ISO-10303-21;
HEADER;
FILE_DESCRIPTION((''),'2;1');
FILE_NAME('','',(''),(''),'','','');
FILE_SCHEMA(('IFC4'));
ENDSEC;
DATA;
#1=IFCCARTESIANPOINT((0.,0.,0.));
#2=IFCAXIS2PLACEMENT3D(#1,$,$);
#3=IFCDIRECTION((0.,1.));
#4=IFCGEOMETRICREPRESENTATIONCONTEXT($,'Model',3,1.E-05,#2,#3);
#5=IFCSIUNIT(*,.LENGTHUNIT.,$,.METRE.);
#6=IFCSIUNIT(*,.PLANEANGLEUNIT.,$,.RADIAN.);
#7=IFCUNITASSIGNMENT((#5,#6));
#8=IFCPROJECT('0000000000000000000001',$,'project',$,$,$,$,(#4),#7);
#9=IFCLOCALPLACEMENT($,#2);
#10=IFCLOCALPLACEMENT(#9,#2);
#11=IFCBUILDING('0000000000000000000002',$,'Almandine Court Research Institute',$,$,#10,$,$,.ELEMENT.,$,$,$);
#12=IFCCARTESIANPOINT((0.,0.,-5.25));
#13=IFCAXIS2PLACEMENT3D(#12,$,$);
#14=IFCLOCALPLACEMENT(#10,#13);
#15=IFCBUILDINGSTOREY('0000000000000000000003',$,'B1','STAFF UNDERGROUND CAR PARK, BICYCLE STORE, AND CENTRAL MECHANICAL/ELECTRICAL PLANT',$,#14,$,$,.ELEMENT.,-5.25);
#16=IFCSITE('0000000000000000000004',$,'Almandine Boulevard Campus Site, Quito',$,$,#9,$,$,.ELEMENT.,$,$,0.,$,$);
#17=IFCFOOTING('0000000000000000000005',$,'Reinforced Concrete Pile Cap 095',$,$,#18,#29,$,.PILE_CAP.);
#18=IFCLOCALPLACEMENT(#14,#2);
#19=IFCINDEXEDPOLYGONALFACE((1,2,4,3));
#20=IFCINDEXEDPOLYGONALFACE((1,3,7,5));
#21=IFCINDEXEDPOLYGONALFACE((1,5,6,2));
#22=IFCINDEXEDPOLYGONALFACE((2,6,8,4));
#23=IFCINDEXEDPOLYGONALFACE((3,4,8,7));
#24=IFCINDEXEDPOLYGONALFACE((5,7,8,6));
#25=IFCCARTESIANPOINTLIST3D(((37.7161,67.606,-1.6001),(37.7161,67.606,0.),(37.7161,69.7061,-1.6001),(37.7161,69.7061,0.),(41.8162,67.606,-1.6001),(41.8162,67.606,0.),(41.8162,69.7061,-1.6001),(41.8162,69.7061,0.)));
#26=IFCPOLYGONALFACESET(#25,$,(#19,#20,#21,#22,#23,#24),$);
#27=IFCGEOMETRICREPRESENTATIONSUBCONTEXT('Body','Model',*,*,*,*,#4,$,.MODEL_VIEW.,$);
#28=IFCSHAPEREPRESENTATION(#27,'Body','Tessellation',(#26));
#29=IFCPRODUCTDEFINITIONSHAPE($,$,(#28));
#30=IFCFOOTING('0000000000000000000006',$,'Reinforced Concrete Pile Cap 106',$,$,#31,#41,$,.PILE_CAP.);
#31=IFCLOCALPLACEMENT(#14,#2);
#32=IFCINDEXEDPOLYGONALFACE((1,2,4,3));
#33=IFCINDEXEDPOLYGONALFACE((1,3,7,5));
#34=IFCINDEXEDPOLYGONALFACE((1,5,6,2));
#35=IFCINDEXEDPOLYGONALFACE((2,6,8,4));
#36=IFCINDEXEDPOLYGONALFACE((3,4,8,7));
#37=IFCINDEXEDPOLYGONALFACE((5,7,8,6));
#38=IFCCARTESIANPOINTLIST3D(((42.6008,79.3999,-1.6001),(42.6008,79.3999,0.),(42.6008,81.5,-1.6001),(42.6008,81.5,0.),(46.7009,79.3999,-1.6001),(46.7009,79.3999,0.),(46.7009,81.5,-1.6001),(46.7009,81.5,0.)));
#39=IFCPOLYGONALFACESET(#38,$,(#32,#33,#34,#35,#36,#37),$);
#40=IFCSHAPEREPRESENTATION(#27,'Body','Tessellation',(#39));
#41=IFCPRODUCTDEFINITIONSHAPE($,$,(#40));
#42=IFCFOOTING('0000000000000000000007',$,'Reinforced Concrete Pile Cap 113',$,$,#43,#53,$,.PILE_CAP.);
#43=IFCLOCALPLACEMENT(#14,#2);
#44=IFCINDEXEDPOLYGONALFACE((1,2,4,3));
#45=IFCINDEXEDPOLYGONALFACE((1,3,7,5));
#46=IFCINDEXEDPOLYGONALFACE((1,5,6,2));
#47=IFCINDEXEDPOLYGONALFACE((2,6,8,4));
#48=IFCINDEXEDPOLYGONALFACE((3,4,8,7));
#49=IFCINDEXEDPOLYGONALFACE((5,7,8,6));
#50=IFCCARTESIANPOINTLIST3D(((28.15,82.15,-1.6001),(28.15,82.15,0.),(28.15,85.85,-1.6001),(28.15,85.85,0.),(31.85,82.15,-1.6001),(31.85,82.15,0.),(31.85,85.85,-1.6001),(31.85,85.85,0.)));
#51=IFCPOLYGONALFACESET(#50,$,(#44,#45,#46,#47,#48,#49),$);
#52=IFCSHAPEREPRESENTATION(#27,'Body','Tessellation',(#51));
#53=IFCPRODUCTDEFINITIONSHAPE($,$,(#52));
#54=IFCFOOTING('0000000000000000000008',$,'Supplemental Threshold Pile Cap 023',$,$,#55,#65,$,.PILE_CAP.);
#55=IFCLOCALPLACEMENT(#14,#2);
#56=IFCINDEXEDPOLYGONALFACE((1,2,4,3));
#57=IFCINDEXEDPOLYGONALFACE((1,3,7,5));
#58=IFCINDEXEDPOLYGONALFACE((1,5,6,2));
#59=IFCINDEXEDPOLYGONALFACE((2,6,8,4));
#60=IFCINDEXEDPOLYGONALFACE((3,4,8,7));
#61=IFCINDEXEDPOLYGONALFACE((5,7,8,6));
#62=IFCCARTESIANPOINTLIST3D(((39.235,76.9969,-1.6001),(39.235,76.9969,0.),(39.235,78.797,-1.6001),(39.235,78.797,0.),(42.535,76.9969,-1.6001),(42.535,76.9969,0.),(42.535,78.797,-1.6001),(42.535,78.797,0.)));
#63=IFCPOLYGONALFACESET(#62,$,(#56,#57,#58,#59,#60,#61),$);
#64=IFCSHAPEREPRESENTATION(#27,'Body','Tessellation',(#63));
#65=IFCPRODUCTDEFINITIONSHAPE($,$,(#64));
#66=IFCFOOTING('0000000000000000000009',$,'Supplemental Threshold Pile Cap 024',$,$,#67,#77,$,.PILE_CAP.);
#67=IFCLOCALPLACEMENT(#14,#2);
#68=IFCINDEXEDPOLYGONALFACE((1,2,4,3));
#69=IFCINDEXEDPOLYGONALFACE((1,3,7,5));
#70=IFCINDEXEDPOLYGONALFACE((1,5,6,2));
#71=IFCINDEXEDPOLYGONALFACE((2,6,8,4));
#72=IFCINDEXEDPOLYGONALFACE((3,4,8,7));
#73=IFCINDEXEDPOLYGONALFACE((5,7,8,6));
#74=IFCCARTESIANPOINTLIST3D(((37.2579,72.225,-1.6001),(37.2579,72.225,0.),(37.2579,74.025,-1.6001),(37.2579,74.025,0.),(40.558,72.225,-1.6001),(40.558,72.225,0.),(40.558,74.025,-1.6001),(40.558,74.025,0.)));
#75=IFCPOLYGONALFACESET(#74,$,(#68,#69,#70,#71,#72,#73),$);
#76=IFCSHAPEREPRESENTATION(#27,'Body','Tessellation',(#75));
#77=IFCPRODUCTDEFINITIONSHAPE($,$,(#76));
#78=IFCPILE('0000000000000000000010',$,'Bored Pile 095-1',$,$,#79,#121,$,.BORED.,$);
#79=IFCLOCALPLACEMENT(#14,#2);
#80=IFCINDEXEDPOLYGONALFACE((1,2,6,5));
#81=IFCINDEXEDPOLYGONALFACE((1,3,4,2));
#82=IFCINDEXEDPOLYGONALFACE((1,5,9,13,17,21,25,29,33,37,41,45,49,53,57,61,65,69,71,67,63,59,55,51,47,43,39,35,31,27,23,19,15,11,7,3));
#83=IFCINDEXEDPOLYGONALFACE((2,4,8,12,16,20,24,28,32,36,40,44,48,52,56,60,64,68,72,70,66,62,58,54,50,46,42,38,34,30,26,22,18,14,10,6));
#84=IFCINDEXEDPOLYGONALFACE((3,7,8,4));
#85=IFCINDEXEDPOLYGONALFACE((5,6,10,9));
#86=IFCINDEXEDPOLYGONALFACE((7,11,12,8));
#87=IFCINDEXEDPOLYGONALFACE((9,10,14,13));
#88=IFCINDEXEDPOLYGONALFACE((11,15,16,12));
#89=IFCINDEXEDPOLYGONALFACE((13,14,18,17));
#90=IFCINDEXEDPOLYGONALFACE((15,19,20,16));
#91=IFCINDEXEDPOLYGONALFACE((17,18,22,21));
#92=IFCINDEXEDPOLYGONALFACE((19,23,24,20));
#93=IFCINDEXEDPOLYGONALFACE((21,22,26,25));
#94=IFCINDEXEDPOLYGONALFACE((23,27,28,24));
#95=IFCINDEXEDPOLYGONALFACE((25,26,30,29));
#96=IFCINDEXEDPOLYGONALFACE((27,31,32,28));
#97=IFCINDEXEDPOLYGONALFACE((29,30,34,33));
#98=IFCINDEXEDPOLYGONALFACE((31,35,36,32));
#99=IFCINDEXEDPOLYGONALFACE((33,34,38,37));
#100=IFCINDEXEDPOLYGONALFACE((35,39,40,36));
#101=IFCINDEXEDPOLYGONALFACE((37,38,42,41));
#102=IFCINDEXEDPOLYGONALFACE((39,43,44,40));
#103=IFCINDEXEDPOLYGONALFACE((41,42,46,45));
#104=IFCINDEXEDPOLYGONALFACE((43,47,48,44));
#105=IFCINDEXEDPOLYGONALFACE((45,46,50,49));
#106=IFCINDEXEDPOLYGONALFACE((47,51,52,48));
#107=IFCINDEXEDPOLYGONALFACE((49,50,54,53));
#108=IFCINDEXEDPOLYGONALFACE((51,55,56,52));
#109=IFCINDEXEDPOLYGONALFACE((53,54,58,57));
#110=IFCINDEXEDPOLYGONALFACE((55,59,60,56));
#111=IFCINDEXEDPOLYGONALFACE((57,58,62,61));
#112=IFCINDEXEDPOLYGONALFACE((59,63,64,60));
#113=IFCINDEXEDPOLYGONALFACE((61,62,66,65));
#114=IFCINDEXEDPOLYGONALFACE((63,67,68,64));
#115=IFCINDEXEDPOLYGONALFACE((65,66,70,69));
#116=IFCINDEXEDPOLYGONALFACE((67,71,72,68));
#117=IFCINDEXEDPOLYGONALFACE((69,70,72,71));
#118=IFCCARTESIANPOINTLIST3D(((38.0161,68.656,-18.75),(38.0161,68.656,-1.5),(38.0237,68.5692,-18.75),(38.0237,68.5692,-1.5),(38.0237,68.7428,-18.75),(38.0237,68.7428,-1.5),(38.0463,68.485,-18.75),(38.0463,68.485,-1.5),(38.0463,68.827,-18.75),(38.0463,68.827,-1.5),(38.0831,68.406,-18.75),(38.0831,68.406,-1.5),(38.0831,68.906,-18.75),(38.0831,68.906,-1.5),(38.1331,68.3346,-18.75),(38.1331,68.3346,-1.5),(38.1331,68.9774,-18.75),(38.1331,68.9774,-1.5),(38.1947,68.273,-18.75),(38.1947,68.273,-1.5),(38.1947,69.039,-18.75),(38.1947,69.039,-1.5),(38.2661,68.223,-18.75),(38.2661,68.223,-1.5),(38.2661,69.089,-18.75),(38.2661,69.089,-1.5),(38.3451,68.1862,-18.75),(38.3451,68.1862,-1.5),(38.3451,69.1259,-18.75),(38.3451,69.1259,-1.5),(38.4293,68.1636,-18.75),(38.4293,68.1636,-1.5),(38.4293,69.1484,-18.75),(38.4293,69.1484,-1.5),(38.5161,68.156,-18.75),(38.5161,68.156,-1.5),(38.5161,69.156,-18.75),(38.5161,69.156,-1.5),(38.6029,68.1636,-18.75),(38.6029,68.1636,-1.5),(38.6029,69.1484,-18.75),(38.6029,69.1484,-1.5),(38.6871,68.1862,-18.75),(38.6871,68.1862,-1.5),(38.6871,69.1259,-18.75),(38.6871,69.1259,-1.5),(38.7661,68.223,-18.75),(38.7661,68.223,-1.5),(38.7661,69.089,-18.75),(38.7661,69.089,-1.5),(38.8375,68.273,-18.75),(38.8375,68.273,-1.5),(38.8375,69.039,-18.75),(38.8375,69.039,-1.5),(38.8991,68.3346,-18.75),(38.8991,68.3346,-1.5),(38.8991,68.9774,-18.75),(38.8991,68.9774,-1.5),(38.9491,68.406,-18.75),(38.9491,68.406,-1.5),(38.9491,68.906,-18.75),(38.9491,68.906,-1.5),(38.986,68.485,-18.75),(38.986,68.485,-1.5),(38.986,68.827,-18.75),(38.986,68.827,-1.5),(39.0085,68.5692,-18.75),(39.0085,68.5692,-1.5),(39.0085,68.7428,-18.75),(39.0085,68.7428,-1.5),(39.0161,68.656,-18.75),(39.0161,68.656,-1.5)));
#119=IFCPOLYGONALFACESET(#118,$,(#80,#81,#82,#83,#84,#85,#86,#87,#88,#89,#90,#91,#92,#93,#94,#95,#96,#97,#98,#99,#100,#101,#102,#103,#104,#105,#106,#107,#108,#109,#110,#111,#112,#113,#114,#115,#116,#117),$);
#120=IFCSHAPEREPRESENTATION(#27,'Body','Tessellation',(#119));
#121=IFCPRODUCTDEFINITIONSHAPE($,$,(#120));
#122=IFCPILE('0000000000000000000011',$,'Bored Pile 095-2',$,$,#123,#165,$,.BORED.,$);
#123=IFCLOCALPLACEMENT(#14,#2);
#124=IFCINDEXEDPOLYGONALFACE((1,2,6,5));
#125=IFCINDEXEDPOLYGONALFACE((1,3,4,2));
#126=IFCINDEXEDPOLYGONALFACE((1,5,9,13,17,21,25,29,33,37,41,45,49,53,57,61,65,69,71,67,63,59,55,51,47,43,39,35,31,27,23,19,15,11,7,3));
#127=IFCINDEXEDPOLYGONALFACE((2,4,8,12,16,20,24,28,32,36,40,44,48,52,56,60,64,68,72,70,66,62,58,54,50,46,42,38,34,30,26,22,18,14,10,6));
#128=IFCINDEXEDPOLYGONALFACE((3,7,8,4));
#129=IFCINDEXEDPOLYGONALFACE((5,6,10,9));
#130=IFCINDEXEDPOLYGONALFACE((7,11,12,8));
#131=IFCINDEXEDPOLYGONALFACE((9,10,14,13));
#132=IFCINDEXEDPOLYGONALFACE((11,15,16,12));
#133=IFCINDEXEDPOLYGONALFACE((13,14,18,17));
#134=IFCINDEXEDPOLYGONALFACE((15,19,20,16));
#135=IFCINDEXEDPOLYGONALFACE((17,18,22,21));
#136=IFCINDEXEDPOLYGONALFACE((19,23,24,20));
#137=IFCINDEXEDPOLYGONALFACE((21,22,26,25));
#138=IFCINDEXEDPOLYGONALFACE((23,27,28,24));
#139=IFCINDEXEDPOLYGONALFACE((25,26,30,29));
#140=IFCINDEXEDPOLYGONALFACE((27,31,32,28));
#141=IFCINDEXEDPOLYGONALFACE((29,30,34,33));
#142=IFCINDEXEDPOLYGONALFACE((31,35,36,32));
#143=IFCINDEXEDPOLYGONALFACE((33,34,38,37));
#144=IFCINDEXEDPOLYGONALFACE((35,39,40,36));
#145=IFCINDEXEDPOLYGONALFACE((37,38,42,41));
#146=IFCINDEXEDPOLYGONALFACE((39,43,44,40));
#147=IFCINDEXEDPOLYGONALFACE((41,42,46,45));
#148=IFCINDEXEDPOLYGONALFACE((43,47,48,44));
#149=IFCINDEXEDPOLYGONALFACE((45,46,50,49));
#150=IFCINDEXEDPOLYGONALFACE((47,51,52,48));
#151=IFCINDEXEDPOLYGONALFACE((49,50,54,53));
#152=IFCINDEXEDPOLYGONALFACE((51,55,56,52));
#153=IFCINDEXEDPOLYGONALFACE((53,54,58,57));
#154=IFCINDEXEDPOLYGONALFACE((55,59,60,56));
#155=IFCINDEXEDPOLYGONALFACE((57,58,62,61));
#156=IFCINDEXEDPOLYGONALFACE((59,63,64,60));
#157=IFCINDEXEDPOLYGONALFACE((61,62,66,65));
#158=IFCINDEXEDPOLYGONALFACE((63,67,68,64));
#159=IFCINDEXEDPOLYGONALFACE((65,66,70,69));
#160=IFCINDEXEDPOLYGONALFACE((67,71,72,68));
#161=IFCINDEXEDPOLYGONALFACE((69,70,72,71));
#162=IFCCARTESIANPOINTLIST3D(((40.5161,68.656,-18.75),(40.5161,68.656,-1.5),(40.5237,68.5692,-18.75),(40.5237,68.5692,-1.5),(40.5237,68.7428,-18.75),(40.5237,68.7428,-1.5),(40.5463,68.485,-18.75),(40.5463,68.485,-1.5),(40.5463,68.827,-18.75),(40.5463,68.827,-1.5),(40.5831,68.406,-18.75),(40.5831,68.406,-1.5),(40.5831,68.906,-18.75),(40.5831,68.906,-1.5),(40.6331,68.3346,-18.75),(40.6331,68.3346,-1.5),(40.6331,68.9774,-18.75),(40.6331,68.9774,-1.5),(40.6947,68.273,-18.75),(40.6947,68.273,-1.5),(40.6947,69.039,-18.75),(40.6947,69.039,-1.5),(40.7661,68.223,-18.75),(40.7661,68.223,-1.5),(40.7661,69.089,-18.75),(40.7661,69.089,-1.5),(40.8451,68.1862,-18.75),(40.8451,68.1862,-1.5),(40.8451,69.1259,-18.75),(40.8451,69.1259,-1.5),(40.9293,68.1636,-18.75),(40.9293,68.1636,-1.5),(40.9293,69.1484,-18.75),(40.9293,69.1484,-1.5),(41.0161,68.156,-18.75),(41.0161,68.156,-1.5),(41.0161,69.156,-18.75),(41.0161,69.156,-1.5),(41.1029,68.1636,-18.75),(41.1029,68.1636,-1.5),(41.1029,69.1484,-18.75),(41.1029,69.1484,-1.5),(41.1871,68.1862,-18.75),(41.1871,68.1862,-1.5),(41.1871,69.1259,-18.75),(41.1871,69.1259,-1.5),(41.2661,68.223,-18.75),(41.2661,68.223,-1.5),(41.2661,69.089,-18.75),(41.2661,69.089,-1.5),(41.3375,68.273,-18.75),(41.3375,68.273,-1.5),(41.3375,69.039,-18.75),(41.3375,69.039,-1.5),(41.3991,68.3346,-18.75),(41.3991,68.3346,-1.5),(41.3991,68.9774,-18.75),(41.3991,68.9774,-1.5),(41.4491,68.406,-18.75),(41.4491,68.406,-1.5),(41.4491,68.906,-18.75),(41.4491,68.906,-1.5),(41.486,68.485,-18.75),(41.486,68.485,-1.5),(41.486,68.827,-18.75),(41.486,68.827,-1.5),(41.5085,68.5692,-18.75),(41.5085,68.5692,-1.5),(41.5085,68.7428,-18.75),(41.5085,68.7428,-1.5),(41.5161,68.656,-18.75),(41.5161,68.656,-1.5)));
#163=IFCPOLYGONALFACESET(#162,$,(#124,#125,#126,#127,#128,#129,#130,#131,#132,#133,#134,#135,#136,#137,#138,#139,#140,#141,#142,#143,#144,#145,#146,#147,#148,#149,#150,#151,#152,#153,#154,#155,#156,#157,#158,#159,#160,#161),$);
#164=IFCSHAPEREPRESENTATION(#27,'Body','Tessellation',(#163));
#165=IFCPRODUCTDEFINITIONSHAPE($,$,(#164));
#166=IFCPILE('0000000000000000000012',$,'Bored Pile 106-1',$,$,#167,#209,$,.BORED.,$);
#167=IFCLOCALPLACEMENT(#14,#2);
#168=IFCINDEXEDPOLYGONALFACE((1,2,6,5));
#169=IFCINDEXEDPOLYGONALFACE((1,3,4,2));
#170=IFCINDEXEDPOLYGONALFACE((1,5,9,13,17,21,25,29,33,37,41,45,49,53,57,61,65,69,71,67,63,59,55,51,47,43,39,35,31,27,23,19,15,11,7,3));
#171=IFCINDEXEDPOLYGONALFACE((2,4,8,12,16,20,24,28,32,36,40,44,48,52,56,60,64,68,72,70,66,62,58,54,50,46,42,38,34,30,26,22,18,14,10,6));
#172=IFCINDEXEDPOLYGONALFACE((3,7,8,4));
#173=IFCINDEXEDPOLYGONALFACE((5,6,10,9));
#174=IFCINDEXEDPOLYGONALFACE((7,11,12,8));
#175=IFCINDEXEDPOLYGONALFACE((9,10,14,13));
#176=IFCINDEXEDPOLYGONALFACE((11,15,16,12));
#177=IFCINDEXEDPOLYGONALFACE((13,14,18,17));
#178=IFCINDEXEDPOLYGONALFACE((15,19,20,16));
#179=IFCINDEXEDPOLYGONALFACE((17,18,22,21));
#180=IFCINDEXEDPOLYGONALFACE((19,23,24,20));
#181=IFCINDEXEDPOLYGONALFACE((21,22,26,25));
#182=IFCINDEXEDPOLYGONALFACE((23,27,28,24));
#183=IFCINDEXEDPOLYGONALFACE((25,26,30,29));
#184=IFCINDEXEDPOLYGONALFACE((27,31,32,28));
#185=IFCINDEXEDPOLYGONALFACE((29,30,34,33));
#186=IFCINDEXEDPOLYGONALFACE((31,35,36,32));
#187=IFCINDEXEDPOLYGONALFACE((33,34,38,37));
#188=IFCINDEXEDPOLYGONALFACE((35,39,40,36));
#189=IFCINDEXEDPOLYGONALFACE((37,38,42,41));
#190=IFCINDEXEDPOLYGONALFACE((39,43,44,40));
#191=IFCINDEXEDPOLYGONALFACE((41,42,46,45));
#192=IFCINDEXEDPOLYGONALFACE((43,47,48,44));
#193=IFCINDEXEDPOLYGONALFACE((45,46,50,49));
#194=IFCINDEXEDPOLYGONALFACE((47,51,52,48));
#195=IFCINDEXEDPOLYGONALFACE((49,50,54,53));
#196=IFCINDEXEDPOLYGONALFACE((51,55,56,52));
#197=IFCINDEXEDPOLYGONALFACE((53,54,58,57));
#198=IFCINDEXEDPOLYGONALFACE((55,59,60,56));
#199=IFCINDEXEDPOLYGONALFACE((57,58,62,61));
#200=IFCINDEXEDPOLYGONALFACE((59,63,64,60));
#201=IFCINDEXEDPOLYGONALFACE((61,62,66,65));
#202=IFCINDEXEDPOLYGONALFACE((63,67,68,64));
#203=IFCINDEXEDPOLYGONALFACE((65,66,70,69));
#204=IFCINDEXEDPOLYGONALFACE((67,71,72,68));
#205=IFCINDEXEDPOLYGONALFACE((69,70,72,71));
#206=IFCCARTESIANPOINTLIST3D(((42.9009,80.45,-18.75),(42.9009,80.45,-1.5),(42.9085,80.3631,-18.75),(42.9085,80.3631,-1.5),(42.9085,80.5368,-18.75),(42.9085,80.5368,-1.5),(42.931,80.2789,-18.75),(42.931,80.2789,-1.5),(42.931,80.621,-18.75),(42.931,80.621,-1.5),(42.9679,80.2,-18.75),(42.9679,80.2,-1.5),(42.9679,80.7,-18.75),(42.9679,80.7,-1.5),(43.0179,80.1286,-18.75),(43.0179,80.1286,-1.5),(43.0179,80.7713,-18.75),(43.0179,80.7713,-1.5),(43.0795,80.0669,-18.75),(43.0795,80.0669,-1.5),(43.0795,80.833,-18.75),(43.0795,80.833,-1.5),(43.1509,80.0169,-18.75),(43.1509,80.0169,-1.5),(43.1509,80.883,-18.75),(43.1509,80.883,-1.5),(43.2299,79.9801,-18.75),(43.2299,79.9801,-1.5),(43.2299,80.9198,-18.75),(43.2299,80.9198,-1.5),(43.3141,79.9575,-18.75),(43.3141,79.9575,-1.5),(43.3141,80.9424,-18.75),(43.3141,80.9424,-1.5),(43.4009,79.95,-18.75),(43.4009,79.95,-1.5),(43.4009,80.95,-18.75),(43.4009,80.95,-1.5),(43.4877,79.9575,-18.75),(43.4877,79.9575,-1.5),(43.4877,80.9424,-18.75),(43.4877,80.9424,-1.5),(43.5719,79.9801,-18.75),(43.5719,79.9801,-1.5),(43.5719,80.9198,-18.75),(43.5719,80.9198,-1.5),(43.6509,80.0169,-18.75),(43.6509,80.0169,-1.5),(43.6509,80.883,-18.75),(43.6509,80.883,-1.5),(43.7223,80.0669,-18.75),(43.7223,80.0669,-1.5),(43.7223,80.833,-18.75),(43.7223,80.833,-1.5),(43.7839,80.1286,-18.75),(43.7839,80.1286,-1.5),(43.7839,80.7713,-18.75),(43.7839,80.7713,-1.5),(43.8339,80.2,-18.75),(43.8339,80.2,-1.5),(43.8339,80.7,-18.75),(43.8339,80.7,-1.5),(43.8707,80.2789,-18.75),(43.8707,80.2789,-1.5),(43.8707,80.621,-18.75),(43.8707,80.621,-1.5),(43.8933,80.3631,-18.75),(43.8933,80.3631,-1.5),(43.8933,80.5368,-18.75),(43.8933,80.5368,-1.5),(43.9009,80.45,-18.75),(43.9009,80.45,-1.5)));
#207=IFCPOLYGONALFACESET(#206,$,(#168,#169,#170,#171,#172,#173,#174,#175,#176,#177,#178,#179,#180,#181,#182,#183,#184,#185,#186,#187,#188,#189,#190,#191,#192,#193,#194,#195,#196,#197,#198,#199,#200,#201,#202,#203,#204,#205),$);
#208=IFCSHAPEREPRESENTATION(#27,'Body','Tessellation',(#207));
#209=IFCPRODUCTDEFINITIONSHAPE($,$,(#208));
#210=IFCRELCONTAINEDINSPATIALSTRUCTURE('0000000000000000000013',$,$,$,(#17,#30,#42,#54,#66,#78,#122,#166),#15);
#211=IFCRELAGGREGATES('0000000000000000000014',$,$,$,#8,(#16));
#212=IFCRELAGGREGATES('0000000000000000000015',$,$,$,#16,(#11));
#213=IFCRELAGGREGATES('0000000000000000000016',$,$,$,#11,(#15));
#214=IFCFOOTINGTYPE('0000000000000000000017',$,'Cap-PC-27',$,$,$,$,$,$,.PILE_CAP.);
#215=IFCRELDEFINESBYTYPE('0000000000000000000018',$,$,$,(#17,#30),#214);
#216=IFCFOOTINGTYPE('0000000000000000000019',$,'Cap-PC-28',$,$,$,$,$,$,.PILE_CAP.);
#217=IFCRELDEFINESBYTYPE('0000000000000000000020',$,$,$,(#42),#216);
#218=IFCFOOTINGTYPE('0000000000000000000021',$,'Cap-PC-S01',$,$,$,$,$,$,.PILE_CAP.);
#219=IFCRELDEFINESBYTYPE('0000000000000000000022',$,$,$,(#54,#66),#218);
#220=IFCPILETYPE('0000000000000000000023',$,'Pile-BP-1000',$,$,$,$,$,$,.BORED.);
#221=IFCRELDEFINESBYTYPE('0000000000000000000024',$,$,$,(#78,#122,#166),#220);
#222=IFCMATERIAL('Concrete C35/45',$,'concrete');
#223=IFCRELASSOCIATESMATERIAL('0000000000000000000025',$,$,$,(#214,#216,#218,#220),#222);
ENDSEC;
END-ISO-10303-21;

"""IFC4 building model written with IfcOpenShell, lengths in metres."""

from ifc_helpers import new_model, si_unit, direction, frame, origin, origin_2d, place, context, subcontext, project, spatial, rectangle, circle, extrude, material, material_profile, profile_set, type_object, element, save


model = new_model("IFC4")

# Units and contexts
model_context = context("Model", 3, precision=1e-05, world=origin(), true_north=direction((0.0, 1.0)))
body_context = subcontext(model_context, "Body", "Model", "MODEL_VIEW")
ifc_project = project(units=[si_unit("LENGTHUNIT", "METRE"), si_unit("PLANEANGLEUNIT", "RADIAN")], contexts=[model_context])

# Site, building, storey
site_placement = place(None, origin())
site = spatial("IfcSite", under=ifc_project, at=site_placement, Name="Almandine Boulevard Campus Site, Quito", CompositionType="ELEMENT", RefElevation=0.0)
building_placement = place(site_placement, origin())
building = spatial("IfcBuilding", under=site, at=building_placement, Name="Almandine Court Research Institute", CompositionType="ELEMENT")
storey_placement = place(building_placement, frame((0.0, 0.0, -5.25)))
storey = spatial("IfcBuildingStorey", under=building, at=storey_placement, Name="B1", Description="STAFF UNDERGROUND CAR PARK, BICYCLE STORE, AND CENTRAL MECHANICAL/ELECTRICAL PLANT", CompositionType="ELEMENT", Elevation=-5.25)

# Footings
ifc_material_1 = material(Name="Concrete C35/45", Category="concrete")
footing_type_1 = type_object("IfcFootingType", Name="Cap-PC-27", PredefinedType="PILE_CAP", material=ifc_material_1)
for number, where, z_axis, x_axis, name in (
    (1, (39.7661, 68.656, -1.6001), (0.0, 0.0, 1.0), (1.0, 0.0, 0.0), "Reinforced Concrete Pile Cap 095"),
    (2, (44.6509, 80.45, -1.6001), (0.0, 0.0, 1.0), (1.0, 0.0, 0.0), "Reinforced Concrete Pile Cap 106"),
):
    element("IfcFooting", number, at=place(storey_placement, frame(where, z_axis=z_axis, x_axis=x_axis)), inside=storey, type_object=footing_type_1, Name=name, PredefinedType="PILE_CAP", context=body_context, shape_type="SweptSolid", body=[
        extrude(rectangle(XDim=4.1001, YDim=2.1001, at=origin_2d()), origin(), (0.0, 0.0, 1.0), 1.6001),
    ])
footing_type_2 = type_object("IfcFootingType", Name="Cap-PC-28", PredefinedType="PILE_CAP", material=ifc_material_1)
footing_1_placement = place(storey_placement, frame((30.0, 84.0, -1.6001), z_axis=(0.0, 0.0, 1.0), x_axis=(1.0, 0.0, 0.0)))
element("IfcFooting", 3, at=footing_1_placement, inside=storey, type_object=footing_type_2, Name="Reinforced Concrete Pile Cap 113", PredefinedType="PILE_CAP", context=body_context, shape_type="SweptSolid", body=[
    extrude(rectangle(XDim=3.7, YDim=3.7, at=origin_2d()), origin(), (0.0, 0.0, 1.0), 1.6001),
])
footing_type_3 = type_object("IfcFootingType", Name="Cap-PC-S01", PredefinedType="PILE_CAP", material=ifc_material_1)
for number, where, z_axis, x_axis, name in (
    (4, (40.885, 77.897, -1.6001), (0.0, 0.0, 1.0), (1.0, 0.0, 0.0), "Supplemental Threshold Pile Cap 023"),
    (5, (38.908, 73.125, -1.6001), (0.0, 0.0, 1.0), (1.0, 0.0, 0.0), "Supplemental Threshold Pile Cap 024"),
):
    element("IfcFooting", number, at=place(storey_placement, frame(where, z_axis=z_axis, x_axis=x_axis)), inside=storey, type_object=footing_type_3, Name=name, PredefinedType="PILE_CAP", context=body_context, shape_type="SweptSolid", body=[
        extrude(rectangle(XDim=3.3, YDim=1.8, at=origin_2d()), origin(), (0.0, 0.0, 1.0), 1.6001),
    ])

# Piles
ifc_material_profile_1 = material_profile(ifc_material_1, circle(Radius=0.5, at=origin_2d()), Name="BORED PILE D1000")
ifc_profile_set_1 = profile_set([ifc_material_profile_1], Name="Concrete C35/45")
pile_type_1 = type_object("IfcPileType", Name="Pile-BP-1000", PredefinedType="BORED", material=ifc_profile_set_1)
for number, where, z_axis, x_axis, name in (
    (6, (38.5161, 68.656, -1.5), (0.0, 0.0, -1.0), (1.0, 0.0, 0.0), "Bored Pile 095-1"),
    (7, (41.0161, 68.656, -1.5), (0.0, 0.0, -1.0), (1.0, 0.0, 0.0), "Bored Pile 095-2"),
    (8, (43.4009, 80.45, -1.5), (0.0, 0.0, -1.0), (1.0, 0.0, 0.0), "Bored Pile 106-1"),
):
    element("IfcPile", number, at=place(storey_placement, frame(where, z_axis=z_axis, x_axis=x_axis)), inside=storey, type_object=pile_type_1, Name=name, PredefinedType="BORED", context=body_context, shape_type="SweptSolid", body=[
        extrude(circle(Radius=0.5, at=origin_2d()), origin(), (0.0, 0.0, 1.0), 17.25),
    ])

save(model, "model.ifc")
